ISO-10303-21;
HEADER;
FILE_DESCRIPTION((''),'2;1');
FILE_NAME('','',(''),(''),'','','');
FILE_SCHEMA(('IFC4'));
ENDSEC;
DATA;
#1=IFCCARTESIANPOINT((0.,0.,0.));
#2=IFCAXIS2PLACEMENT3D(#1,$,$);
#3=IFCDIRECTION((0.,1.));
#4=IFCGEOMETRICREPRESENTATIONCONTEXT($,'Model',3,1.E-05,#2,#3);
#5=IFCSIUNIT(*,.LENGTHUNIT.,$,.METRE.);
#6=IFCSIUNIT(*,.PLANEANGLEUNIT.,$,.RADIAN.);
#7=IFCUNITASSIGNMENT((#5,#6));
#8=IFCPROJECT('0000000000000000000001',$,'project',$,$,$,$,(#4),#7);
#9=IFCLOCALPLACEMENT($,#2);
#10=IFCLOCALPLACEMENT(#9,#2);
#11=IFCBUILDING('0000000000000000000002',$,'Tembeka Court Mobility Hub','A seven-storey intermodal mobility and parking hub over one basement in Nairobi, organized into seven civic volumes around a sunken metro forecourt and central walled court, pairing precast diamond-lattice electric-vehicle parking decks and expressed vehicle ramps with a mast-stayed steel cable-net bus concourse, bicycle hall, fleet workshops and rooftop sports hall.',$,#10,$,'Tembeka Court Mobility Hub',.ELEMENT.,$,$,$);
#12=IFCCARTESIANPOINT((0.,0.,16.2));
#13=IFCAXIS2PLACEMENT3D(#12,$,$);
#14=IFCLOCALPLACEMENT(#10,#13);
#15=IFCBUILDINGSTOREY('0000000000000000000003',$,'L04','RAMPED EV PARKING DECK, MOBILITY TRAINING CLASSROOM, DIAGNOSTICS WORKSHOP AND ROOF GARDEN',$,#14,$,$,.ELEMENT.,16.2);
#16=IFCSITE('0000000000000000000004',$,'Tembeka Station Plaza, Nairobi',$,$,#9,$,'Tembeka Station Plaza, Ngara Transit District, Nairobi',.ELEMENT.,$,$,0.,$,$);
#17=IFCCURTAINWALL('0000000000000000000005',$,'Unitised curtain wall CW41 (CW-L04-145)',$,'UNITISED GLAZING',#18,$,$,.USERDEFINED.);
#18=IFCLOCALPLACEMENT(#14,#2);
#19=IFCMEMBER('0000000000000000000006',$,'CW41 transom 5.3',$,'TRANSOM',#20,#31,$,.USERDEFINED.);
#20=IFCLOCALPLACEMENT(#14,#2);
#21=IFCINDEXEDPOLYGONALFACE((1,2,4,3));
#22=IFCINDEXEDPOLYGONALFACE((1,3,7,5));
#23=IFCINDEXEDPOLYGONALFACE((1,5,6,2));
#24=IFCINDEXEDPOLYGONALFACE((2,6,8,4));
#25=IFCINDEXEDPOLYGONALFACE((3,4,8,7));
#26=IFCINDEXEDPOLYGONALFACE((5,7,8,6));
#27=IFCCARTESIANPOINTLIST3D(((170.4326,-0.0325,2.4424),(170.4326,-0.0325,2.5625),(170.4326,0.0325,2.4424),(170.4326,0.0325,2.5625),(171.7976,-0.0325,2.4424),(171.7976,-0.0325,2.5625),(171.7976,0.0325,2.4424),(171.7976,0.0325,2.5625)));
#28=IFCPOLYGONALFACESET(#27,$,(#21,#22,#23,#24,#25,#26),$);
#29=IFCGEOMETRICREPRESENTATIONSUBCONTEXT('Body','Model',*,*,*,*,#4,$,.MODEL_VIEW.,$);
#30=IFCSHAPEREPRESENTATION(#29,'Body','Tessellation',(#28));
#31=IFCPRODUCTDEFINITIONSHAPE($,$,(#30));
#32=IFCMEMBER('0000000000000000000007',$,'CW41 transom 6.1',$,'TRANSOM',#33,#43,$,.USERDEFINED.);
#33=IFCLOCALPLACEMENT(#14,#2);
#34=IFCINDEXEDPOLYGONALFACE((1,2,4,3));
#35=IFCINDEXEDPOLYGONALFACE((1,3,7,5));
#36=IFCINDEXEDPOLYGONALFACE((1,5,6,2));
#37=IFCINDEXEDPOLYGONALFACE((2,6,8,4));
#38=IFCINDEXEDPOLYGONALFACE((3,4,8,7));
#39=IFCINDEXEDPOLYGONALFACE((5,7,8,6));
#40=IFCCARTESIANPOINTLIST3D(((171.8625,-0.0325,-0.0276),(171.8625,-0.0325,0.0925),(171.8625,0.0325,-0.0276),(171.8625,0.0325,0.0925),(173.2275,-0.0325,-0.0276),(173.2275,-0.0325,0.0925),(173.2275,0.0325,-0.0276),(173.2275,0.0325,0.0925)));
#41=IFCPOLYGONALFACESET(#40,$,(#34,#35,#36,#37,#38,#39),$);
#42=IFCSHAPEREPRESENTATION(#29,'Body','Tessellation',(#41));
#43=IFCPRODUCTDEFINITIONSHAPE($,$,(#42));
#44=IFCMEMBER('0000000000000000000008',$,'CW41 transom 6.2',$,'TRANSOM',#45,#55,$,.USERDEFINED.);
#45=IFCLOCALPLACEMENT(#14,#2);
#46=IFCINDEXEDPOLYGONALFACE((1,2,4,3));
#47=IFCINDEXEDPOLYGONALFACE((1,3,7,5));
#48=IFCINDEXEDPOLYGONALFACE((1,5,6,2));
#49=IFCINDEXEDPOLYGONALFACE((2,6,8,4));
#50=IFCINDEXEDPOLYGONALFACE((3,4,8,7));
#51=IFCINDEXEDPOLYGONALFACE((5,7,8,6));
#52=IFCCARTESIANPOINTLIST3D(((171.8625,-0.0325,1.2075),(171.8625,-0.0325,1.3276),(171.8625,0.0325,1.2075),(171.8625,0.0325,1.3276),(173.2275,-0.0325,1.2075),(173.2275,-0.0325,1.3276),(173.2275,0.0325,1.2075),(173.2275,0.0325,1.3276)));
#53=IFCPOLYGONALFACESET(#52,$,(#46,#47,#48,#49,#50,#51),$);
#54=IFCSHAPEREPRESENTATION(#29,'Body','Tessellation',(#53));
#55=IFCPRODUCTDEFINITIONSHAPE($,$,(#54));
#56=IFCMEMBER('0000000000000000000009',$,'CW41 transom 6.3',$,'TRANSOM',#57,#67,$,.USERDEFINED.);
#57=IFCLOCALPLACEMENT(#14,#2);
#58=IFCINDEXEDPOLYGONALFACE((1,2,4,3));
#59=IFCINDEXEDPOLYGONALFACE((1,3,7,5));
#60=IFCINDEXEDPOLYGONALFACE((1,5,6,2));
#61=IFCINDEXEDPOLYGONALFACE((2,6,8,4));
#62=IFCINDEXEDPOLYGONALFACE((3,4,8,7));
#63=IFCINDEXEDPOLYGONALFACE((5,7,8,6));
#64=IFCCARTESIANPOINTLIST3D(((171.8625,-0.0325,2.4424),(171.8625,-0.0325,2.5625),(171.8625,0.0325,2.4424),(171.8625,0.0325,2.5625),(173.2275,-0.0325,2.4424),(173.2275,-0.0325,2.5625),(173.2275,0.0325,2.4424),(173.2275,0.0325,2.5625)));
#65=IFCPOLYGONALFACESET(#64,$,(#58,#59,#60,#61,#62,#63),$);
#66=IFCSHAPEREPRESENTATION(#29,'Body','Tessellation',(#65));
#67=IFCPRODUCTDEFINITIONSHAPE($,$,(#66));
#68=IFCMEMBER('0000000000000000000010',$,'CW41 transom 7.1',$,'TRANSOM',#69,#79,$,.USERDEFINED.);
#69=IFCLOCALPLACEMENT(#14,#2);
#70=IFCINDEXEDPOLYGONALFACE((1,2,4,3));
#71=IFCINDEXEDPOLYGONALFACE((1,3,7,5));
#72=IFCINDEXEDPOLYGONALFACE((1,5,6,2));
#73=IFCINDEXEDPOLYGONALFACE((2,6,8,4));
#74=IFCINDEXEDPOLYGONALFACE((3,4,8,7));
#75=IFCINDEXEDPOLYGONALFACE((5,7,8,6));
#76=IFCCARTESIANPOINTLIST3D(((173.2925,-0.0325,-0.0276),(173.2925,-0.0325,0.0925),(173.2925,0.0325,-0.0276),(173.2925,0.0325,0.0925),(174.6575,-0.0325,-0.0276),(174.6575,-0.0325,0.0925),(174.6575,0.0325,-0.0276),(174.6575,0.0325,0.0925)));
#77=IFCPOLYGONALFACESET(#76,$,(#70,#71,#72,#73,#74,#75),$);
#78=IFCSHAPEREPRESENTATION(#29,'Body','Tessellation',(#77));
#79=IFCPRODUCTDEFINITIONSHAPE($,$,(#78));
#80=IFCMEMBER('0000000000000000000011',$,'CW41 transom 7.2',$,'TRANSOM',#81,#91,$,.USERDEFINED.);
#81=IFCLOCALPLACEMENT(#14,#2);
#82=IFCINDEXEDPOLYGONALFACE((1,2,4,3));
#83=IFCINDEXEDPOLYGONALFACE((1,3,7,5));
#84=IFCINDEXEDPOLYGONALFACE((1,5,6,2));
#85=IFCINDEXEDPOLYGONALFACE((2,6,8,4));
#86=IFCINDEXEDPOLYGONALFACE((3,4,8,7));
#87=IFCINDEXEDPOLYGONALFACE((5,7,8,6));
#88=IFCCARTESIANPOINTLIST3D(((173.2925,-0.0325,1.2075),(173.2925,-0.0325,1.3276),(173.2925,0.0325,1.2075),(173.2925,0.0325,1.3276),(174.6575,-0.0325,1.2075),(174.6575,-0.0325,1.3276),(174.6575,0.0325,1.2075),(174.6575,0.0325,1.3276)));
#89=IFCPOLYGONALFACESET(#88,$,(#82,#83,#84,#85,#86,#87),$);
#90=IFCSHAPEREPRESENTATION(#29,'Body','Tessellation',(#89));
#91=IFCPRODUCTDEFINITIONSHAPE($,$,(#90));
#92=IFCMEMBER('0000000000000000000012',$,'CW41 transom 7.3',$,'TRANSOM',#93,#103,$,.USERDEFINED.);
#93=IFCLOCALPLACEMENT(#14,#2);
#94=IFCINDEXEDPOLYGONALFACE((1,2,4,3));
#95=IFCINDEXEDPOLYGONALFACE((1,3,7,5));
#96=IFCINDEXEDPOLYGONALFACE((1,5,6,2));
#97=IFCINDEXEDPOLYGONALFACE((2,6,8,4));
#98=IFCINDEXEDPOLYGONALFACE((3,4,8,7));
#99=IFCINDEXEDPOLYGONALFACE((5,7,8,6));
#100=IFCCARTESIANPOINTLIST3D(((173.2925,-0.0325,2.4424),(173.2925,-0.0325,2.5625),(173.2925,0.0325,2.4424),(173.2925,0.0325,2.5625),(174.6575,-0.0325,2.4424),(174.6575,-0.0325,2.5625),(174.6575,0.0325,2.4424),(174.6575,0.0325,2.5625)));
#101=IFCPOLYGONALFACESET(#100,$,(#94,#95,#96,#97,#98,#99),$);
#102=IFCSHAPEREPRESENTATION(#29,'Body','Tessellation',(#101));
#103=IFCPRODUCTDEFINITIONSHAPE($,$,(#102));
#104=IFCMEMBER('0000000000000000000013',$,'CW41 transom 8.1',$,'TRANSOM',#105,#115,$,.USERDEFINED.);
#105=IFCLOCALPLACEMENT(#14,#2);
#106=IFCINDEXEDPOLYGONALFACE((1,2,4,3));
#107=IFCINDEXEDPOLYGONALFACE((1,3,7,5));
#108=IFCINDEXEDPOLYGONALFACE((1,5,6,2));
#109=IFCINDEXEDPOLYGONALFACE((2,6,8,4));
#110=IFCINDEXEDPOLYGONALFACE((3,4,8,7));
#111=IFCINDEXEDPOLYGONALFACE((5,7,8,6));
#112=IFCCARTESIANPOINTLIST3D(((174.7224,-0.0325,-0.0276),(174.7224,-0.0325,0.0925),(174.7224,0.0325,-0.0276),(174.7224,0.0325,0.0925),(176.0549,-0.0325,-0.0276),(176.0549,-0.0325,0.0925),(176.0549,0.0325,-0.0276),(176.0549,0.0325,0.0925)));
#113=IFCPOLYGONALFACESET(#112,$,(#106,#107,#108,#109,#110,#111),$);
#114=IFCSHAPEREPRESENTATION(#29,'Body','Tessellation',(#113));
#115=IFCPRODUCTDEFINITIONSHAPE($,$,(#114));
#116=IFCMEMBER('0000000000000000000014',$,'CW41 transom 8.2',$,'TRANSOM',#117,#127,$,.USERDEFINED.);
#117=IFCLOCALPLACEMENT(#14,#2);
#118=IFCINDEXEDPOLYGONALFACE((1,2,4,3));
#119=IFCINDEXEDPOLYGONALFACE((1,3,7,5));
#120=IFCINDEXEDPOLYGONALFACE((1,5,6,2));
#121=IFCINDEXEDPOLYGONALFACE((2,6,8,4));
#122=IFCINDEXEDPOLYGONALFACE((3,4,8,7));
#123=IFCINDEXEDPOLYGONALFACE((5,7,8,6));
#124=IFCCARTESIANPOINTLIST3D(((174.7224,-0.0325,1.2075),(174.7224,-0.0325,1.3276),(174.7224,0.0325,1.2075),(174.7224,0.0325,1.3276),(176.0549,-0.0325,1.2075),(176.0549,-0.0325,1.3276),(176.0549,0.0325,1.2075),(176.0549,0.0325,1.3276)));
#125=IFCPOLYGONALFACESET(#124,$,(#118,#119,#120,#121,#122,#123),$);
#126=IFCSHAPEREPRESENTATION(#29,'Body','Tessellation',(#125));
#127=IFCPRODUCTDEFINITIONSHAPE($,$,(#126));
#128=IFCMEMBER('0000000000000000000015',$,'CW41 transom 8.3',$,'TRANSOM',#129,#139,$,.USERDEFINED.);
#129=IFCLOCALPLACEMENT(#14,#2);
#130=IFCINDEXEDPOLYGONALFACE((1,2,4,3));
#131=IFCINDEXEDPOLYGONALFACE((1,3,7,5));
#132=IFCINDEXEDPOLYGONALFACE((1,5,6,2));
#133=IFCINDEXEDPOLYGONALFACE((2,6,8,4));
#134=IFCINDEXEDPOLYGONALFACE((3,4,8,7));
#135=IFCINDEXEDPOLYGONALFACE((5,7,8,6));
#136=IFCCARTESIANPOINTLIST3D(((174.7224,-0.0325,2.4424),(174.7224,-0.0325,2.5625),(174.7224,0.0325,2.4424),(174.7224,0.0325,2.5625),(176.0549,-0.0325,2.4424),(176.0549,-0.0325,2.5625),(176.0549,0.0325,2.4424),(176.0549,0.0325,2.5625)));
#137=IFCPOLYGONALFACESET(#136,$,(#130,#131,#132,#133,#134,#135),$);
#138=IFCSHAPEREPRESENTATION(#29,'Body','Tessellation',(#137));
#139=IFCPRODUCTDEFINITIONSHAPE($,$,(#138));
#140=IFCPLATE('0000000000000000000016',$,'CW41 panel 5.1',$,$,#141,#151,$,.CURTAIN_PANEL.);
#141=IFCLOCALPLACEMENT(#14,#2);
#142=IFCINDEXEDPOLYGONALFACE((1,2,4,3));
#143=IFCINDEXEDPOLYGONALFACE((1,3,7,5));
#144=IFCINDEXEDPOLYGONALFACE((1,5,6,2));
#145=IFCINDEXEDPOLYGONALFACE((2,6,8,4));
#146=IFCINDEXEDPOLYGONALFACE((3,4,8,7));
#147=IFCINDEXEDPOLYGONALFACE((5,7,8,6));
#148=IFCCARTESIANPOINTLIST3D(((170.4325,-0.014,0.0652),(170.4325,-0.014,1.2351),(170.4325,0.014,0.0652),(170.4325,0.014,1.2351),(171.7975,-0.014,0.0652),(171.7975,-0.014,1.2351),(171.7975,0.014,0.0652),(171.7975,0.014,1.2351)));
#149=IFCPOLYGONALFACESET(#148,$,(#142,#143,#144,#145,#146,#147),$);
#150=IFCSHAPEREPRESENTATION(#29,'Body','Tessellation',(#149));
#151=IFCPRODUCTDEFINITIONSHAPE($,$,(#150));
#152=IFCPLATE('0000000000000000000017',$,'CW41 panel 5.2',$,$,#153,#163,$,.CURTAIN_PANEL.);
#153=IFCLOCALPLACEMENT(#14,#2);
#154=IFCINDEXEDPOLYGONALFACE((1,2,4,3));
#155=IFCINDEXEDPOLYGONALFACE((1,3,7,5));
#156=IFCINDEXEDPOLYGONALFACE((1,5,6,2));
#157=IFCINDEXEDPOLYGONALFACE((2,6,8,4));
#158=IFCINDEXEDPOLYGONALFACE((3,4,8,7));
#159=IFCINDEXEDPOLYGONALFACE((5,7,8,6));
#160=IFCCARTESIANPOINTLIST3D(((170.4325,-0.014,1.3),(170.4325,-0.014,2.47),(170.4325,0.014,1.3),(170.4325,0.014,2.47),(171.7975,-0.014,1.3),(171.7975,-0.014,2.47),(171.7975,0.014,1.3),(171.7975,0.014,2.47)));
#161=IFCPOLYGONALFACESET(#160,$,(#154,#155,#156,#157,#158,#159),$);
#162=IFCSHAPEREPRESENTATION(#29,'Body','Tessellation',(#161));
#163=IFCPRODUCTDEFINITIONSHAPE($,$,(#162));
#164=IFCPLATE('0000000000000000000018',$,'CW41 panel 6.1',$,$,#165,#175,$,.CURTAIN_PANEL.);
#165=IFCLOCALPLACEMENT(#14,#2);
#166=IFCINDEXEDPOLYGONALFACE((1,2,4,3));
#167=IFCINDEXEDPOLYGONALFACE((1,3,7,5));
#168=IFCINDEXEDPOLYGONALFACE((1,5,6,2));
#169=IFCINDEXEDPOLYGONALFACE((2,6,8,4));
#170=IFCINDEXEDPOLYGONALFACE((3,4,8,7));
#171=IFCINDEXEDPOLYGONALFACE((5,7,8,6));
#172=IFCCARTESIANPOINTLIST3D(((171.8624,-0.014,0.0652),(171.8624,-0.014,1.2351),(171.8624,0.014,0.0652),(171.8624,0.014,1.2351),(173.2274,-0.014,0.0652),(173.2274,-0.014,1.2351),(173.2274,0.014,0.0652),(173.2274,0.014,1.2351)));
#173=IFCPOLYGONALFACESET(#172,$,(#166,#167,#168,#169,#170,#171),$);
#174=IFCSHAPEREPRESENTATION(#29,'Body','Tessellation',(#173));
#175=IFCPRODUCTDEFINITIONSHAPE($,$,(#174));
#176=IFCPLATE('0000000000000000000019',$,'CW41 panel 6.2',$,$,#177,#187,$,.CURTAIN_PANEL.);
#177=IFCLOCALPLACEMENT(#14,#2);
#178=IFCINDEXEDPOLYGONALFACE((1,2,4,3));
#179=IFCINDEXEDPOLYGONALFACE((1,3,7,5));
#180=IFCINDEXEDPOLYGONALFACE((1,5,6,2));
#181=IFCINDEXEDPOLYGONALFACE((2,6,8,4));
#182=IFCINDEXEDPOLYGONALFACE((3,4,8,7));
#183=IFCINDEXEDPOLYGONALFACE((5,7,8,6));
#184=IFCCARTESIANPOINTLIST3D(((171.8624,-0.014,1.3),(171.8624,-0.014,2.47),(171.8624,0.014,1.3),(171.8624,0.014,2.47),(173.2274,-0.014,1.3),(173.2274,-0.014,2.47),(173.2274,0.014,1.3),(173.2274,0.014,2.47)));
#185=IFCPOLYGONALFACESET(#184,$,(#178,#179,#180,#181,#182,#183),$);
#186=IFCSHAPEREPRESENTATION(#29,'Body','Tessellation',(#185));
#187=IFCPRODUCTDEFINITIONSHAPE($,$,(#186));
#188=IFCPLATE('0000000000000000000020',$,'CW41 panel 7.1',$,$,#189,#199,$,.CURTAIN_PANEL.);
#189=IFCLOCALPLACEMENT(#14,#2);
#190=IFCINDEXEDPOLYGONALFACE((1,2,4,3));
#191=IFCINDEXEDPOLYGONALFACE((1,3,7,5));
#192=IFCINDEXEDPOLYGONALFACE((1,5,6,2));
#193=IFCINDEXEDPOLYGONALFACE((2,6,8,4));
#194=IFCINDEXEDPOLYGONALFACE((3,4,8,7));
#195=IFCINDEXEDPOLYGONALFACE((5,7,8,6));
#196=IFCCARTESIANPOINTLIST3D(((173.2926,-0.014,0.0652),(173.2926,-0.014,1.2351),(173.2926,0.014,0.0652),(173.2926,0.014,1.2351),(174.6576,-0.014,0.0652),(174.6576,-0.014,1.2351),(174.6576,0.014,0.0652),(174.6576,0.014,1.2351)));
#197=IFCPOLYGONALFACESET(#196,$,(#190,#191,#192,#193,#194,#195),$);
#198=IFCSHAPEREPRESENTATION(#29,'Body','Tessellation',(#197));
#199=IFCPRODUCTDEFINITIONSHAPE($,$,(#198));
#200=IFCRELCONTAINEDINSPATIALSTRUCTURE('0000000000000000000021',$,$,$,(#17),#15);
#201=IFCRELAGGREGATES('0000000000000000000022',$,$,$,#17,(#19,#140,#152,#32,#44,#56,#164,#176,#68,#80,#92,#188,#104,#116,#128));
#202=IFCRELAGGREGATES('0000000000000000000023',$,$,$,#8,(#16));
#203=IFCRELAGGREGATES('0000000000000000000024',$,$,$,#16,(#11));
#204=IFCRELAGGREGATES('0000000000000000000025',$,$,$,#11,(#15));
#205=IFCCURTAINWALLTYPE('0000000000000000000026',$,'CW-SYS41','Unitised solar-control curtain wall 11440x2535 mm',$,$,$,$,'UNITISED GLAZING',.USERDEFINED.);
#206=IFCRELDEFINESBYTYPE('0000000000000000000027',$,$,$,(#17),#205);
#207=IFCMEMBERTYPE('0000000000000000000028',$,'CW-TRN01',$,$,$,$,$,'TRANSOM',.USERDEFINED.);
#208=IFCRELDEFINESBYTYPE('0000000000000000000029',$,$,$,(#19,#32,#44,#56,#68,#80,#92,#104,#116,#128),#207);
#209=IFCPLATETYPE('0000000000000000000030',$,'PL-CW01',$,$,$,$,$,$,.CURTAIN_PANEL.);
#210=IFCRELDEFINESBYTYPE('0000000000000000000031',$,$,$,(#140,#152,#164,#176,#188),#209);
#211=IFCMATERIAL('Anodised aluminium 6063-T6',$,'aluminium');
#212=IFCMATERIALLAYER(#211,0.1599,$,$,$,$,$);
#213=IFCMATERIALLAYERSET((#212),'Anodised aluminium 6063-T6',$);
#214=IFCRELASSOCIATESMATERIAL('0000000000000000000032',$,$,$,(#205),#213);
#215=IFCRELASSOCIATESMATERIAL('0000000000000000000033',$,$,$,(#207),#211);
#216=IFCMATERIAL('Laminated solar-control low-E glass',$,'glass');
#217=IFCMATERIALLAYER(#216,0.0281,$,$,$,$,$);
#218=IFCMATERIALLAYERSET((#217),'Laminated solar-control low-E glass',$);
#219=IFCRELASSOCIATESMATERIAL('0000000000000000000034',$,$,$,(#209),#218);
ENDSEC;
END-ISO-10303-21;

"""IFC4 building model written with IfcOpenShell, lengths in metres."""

from ifc_helpers import new_model, si_unit, direction, frame, origin, origin_2d, place, context, subcontext, project, spatial, rectangle, extrude, material, layer, layer_set, material_profile, profile_set, type_object, element, aggregate, save


model = new_model("IFC4")

# Units and contexts
model_context = context("Model", 3, precision=1e-05, world=origin(), true_north=direction((0.0, 1.0)))
body_context = subcontext(model_context, "Body", "Model", "MODEL_VIEW")
ifc_project = project(units=[si_unit("LENGTHUNIT", "METRE"), si_unit("PLANEANGLEUNIT", "RADIAN")], contexts=[model_context])

# Site, building, storey
site_placement = place(None, origin())
site = spatial("IfcSite", under=ifc_project, at=site_placement, Name="Tembeka Station Plaza, Nairobi", LongName="Tembeka Station Plaza, Ngara Transit District, Nairobi", CompositionType="ELEMENT", RefElevation=0.0)
building_placement = place(site_placement, origin())
building = spatial("IfcBuilding", under=site, at=building_placement, Name="Tembeka Court Mobility Hub", Description="A seven-storey intermodal mobility and parking hub over one basement in Nairobi, organized into seven civic volumes around a sunken metro forecourt and central walled court, pairing precast diamond-lattice electric-vehicle parking decks and expressed vehicle ramps with a mast-stayed steel cable-net bus concourse, bicycle hall, fleet workshops and rooftop sports hall.", LongName="Tembeka Court Mobility Hub", CompositionType="ELEMENT")
storey_placement = place(building_placement, frame((0.0, 0.0, 16.2)))
storey = spatial("IfcBuildingStorey", under=building, at=storey_placement, Name="L04", Description="RAMPED EV PARKING DECK, MOBILITY TRAINING CLASSROOM, DIAGNOSTICS WORKSHOP AND ROOF GARDEN", CompositionType="ELEMENT", Elevation=16.2)

# Curtain wall, members, plates
ifc_material_1 = material(Name="Anodised aluminium 6063-T6", Category="aluminium")
ifc_layer_1 = layer(ifc_material_1, 0.1599)
ifc_layer_set_1 = layer_set([ifc_layer_1], Name="Anodised aluminium 6063-T6")
curtain_wall_type = type_object("IfcCurtainWallType", Name="CW-SYS41", Description="Unitised solar-control curtain wall 11440x2535 mm", ElementType="UNITISED GLAZING", PredefinedType="USERDEFINED", material=ifc_layer_set_1)
curtain_wall_placement = place(storey_placement, origin())
curtain_wall = element("IfcCurtainWall", 1, at=curtain_wall_placement, inside=storey, type_object=curtain_wall_type, Name="Unitised curtain wall CW41 (CW-L04-145)", ObjectType="UNITISED GLAZING", PredefinedType="USERDEFINED")
ifc_material_profile_1 = material_profile(ifc_material_1, rectangle(XDim=0.0649, YDim=0.1201, at=origin_2d()), Name="ALU-TRN 65x120")
ifc_profile_set_1 = profile_set([ifc_material_profile_1], Name="Anodised aluminium 6063-T6")
member_type_1 = type_object("IfcMemberType", Name="CW-TRN01", ElementType="TRANSOM", PredefinedType="USERDEFINED", material=ifc_profile_set_1)
member_1_placement = place(storey_placement, frame((170.4326, 0.0, 2.5024), z_axis=(1.0, 0.0, 0.0), x_axis=(0.0, 1.0, 0.0)))
member_1 = element("IfcMember", 2, at=member_1_placement, type_object=member_type_1, Name="CW41 transom 5.3", ObjectType="TRANSOM", PredefinedType="USERDEFINED", context=body_context, shape_type="SweptSolid", body=[
    extrude(rectangle(XDim=0.0649, YDim=0.1201, at=origin_2d()), origin(), (0.0, 0.0, 1.0), 1.365),
])
member_2_placement = place(storey_placement, frame((171.8625, 0.0, 0.0325), z_axis=(1.0, 0.0, 0.0), x_axis=(0.0, 1.0, 0.0)))
member_2 = element("IfcMember", 3, at=member_2_placement, type_object=member_type_1, Name="CW41 transom 6.1", ObjectType="TRANSOM", PredefinedType="USERDEFINED", context=body_context, shape_type="SweptSolid", body=[
    extrude(rectangle(XDim=0.0649, YDim=0.1201, at=origin_2d()), origin(), (0.0, 0.0, 1.0), 1.365),
])
member_3_placement = place(storey_placement, frame((171.8625, 0.0, 1.2676), z_axis=(1.0, 0.0, 0.0), x_axis=(0.0, 1.0, 0.0)))
member_3 = element("IfcMember", 4, at=member_3_placement, type_object=member_type_1, Name="CW41 transom 6.2", ObjectType="TRANSOM", PredefinedType="USERDEFINED", context=body_context, shape_type="SweptSolid", body=[
    extrude(rectangle(XDim=0.0649, YDim=0.1201, at=origin_2d()), origin(), (0.0, 0.0, 1.0), 1.365),
])
member_4_placement = place(storey_placement, frame((171.8625, 0.0, 2.5024), z_axis=(1.0, 0.0, 0.0), x_axis=(0.0, 1.0, 0.0)))
member_4 = element("IfcMember", 5, at=member_4_placement, type_object=member_type_1, Name="CW41 transom 6.3", ObjectType="TRANSOM", PredefinedType="USERDEFINED", context=body_context, shape_type="SweptSolid", body=[
    extrude(rectangle(XDim=0.0649, YDim=0.1201, at=origin_2d()), origin(), (0.0, 0.0, 1.0), 1.365),
])
member_5_placement = place(storey_placement, frame((173.2925, 0.0, 0.0325), z_axis=(1.0, 0.0, 0.0), x_axis=(0.0, 1.0, 0.0)))
member_5 = element("IfcMember", 6, at=member_5_placement, type_object=member_type_1, Name="CW41 transom 7.1", ObjectType="TRANSOM", PredefinedType="USERDEFINED", context=body_context, shape_type="SweptSolid", body=[
    extrude(rectangle(XDim=0.0649, YDim=0.1201, at=origin_2d()), origin(), (0.0, 0.0, 1.0), 1.365),
])
member_6_placement = place(storey_placement, frame((173.2925, 0.0, 1.2676), z_axis=(1.0, 0.0, 0.0), x_axis=(0.0, 1.0, 0.0)))
member_6 = element("IfcMember", 7, at=member_6_placement, type_object=member_type_1, Name="CW41 transom 7.2", ObjectType="TRANSOM", PredefinedType="USERDEFINED", context=body_context, shape_type="SweptSolid", body=[
    extrude(rectangle(XDim=0.0649, YDim=0.1201, at=origin_2d()), origin(), (0.0, 0.0, 1.0), 1.365),
])
member_7_placement = place(storey_placement, frame((173.2925, 0.0, 2.5024), z_axis=(1.0, 0.0, 0.0), x_axis=(0.0, 1.0, 0.0)))
member_7 = element("IfcMember", 8, at=member_7_placement, type_object=member_type_1, Name="CW41 transom 7.3", ObjectType="TRANSOM", PredefinedType="USERDEFINED", context=body_context, shape_type="SweptSolid", body=[
    extrude(rectangle(XDim=0.0649, YDim=0.1201, at=origin_2d()), origin(), (0.0, 0.0, 1.0), 1.365),
])
member_8_placement = place(storey_placement, frame((174.7224, 0.0, 0.0325), z_axis=(1.0, 0.0, 0.0), x_axis=(0.0, 1.0, 0.0)))
member_8 = element("IfcMember", 9, at=member_8_placement, type_object=member_type_1, Name="CW41 transom 8.1", ObjectType="TRANSOM", PredefinedType="USERDEFINED", context=body_context, shape_type="SweptSolid", body=[
    extrude(rectangle(XDim=0.0649, YDim=0.1201, at=origin_2d()), origin(), (0.0, 0.0, 1.0), 1.3325),
])
member_9_placement = place(storey_placement, frame((174.7224, 0.0, 1.2676), z_axis=(1.0, 0.0, 0.0), x_axis=(0.0, 1.0, 0.0)))
member_9 = element("IfcMember", 10, at=member_9_placement, type_object=member_type_1, Name="CW41 transom 8.2", ObjectType="TRANSOM", PredefinedType="USERDEFINED", context=body_context, shape_type="SweptSolid", body=[
    extrude(rectangle(XDim=0.0649, YDim=0.1201, at=origin_2d()), origin(), (0.0, 0.0, 1.0), 1.3325),
])
member_10_placement = place(storey_placement, frame((174.7224, 0.0, 2.5024), z_axis=(1.0, 0.0, 0.0), x_axis=(0.0, 1.0, 0.0)))
member_10 = element("IfcMember", 11, at=member_10_placement, type_object=member_type_1, Name="CW41 transom 8.3", ObjectType="TRANSOM", PredefinedType="USERDEFINED", context=body_context, shape_type="SweptSolid", body=[
    extrude(rectangle(XDim=0.0649, YDim=0.1201, at=origin_2d()), origin(), (0.0, 0.0, 1.0), 1.3325),
])
ifc_material_2 = material(Name="Laminated solar-control low-E glass", Category="glass")
ifc_layer_2 = layer(ifc_material_2, 0.0281)
ifc_layer_set_2 = layer_set([ifc_layer_2], Name="Laminated solar-control low-E glass")
plate_type = type_object("IfcPlateType", Name="PL-CW01", PredefinedType="CURTAIN_PANEL", material=ifc_layer_set_2)
plate_1_placement = place(storey_placement, frame((171.115, 0.0, 0.0652), z_axis=(0.0, 0.0, 1.0), x_axis=(1.0, 0.0, 0.0)))
plate_1 = element("IfcPlate", 12, at=plate_1_placement, type_object=plate_type, Name="CW41 panel 5.1", PredefinedType="CURTAIN_PANEL", context=body_context, shape_type="SweptSolid", body=[
    extrude(rectangle(XDim=1.365, YDim=0.0281, at=origin_2d()), origin(), (0.0, 0.0, 1.0), 1.1699),
])
plate_2_placement = place(storey_placement, frame((171.115, 0.0, 1.3), z_axis=(0.0, 0.0, 1.0), x_axis=(1.0, 0.0, 0.0)))
plate_2 = element("IfcPlate", 13, at=plate_2_placement, type_object=plate_type, Name="CW41 panel 5.2", PredefinedType="CURTAIN_PANEL", context=body_context, shape_type="SweptSolid", body=[
    extrude(rectangle(XDim=1.365, YDim=0.0281, at=origin_2d()), origin(), (0.0, 0.0, 1.0), 1.1699),
])
plate_3_placement = place(storey_placement, frame((172.5449, 0.0, 0.0652), z_axis=(0.0, 0.0, 1.0), x_axis=(1.0, 0.0, 0.0)))
plate_3 = element("IfcPlate", 14, at=plate_3_placement, type_object=plate_type, Name="CW41 panel 6.1", PredefinedType="CURTAIN_PANEL", context=body_context, shape_type="SweptSolid", body=[
    extrude(rectangle(XDim=1.365, YDim=0.0281, at=origin_2d()), origin(), (0.0, 0.0, 1.0), 1.1699),
])
plate_4_placement = place(storey_placement, frame((172.5449, 0.0, 1.3), z_axis=(0.0, 0.0, 1.0), x_axis=(1.0, 0.0, 0.0)))
plate_4 = element("IfcPlate", 15, at=plate_4_placement, type_object=plate_type, Name="CW41 panel 6.2", PredefinedType="CURTAIN_PANEL", context=body_context, shape_type="SweptSolid", body=[
    extrude(rectangle(XDim=1.365, YDim=0.0281, at=origin_2d()), origin(), (0.0, 0.0, 1.0), 1.1699),
])
plate_5_placement = place(storey_placement, frame((173.9751, 0.0, 0.0652), z_axis=(0.0, 0.0, 1.0), x_axis=(1.0, 0.0, 0.0)))
plate_5 = element("IfcPlate", 16, at=plate_5_placement, type_object=plate_type, Name="CW41 panel 7.1", PredefinedType="CURTAIN_PANEL", context=body_context, shape_type="SweptSolid", body=[
    extrude(rectangle(XDim=1.365, YDim=0.0281, at=origin_2d()), origin(), (0.0, 0.0, 1.0), 1.1699),
])
aggregate(curtain_wall, [member_1, plate_1, plate_2, member_2, member_3, member_4, plate_3, plate_4, member_5, member_6, member_7, plate_5, member_8, member_9, member_10])

save(model, "model.ifc")
